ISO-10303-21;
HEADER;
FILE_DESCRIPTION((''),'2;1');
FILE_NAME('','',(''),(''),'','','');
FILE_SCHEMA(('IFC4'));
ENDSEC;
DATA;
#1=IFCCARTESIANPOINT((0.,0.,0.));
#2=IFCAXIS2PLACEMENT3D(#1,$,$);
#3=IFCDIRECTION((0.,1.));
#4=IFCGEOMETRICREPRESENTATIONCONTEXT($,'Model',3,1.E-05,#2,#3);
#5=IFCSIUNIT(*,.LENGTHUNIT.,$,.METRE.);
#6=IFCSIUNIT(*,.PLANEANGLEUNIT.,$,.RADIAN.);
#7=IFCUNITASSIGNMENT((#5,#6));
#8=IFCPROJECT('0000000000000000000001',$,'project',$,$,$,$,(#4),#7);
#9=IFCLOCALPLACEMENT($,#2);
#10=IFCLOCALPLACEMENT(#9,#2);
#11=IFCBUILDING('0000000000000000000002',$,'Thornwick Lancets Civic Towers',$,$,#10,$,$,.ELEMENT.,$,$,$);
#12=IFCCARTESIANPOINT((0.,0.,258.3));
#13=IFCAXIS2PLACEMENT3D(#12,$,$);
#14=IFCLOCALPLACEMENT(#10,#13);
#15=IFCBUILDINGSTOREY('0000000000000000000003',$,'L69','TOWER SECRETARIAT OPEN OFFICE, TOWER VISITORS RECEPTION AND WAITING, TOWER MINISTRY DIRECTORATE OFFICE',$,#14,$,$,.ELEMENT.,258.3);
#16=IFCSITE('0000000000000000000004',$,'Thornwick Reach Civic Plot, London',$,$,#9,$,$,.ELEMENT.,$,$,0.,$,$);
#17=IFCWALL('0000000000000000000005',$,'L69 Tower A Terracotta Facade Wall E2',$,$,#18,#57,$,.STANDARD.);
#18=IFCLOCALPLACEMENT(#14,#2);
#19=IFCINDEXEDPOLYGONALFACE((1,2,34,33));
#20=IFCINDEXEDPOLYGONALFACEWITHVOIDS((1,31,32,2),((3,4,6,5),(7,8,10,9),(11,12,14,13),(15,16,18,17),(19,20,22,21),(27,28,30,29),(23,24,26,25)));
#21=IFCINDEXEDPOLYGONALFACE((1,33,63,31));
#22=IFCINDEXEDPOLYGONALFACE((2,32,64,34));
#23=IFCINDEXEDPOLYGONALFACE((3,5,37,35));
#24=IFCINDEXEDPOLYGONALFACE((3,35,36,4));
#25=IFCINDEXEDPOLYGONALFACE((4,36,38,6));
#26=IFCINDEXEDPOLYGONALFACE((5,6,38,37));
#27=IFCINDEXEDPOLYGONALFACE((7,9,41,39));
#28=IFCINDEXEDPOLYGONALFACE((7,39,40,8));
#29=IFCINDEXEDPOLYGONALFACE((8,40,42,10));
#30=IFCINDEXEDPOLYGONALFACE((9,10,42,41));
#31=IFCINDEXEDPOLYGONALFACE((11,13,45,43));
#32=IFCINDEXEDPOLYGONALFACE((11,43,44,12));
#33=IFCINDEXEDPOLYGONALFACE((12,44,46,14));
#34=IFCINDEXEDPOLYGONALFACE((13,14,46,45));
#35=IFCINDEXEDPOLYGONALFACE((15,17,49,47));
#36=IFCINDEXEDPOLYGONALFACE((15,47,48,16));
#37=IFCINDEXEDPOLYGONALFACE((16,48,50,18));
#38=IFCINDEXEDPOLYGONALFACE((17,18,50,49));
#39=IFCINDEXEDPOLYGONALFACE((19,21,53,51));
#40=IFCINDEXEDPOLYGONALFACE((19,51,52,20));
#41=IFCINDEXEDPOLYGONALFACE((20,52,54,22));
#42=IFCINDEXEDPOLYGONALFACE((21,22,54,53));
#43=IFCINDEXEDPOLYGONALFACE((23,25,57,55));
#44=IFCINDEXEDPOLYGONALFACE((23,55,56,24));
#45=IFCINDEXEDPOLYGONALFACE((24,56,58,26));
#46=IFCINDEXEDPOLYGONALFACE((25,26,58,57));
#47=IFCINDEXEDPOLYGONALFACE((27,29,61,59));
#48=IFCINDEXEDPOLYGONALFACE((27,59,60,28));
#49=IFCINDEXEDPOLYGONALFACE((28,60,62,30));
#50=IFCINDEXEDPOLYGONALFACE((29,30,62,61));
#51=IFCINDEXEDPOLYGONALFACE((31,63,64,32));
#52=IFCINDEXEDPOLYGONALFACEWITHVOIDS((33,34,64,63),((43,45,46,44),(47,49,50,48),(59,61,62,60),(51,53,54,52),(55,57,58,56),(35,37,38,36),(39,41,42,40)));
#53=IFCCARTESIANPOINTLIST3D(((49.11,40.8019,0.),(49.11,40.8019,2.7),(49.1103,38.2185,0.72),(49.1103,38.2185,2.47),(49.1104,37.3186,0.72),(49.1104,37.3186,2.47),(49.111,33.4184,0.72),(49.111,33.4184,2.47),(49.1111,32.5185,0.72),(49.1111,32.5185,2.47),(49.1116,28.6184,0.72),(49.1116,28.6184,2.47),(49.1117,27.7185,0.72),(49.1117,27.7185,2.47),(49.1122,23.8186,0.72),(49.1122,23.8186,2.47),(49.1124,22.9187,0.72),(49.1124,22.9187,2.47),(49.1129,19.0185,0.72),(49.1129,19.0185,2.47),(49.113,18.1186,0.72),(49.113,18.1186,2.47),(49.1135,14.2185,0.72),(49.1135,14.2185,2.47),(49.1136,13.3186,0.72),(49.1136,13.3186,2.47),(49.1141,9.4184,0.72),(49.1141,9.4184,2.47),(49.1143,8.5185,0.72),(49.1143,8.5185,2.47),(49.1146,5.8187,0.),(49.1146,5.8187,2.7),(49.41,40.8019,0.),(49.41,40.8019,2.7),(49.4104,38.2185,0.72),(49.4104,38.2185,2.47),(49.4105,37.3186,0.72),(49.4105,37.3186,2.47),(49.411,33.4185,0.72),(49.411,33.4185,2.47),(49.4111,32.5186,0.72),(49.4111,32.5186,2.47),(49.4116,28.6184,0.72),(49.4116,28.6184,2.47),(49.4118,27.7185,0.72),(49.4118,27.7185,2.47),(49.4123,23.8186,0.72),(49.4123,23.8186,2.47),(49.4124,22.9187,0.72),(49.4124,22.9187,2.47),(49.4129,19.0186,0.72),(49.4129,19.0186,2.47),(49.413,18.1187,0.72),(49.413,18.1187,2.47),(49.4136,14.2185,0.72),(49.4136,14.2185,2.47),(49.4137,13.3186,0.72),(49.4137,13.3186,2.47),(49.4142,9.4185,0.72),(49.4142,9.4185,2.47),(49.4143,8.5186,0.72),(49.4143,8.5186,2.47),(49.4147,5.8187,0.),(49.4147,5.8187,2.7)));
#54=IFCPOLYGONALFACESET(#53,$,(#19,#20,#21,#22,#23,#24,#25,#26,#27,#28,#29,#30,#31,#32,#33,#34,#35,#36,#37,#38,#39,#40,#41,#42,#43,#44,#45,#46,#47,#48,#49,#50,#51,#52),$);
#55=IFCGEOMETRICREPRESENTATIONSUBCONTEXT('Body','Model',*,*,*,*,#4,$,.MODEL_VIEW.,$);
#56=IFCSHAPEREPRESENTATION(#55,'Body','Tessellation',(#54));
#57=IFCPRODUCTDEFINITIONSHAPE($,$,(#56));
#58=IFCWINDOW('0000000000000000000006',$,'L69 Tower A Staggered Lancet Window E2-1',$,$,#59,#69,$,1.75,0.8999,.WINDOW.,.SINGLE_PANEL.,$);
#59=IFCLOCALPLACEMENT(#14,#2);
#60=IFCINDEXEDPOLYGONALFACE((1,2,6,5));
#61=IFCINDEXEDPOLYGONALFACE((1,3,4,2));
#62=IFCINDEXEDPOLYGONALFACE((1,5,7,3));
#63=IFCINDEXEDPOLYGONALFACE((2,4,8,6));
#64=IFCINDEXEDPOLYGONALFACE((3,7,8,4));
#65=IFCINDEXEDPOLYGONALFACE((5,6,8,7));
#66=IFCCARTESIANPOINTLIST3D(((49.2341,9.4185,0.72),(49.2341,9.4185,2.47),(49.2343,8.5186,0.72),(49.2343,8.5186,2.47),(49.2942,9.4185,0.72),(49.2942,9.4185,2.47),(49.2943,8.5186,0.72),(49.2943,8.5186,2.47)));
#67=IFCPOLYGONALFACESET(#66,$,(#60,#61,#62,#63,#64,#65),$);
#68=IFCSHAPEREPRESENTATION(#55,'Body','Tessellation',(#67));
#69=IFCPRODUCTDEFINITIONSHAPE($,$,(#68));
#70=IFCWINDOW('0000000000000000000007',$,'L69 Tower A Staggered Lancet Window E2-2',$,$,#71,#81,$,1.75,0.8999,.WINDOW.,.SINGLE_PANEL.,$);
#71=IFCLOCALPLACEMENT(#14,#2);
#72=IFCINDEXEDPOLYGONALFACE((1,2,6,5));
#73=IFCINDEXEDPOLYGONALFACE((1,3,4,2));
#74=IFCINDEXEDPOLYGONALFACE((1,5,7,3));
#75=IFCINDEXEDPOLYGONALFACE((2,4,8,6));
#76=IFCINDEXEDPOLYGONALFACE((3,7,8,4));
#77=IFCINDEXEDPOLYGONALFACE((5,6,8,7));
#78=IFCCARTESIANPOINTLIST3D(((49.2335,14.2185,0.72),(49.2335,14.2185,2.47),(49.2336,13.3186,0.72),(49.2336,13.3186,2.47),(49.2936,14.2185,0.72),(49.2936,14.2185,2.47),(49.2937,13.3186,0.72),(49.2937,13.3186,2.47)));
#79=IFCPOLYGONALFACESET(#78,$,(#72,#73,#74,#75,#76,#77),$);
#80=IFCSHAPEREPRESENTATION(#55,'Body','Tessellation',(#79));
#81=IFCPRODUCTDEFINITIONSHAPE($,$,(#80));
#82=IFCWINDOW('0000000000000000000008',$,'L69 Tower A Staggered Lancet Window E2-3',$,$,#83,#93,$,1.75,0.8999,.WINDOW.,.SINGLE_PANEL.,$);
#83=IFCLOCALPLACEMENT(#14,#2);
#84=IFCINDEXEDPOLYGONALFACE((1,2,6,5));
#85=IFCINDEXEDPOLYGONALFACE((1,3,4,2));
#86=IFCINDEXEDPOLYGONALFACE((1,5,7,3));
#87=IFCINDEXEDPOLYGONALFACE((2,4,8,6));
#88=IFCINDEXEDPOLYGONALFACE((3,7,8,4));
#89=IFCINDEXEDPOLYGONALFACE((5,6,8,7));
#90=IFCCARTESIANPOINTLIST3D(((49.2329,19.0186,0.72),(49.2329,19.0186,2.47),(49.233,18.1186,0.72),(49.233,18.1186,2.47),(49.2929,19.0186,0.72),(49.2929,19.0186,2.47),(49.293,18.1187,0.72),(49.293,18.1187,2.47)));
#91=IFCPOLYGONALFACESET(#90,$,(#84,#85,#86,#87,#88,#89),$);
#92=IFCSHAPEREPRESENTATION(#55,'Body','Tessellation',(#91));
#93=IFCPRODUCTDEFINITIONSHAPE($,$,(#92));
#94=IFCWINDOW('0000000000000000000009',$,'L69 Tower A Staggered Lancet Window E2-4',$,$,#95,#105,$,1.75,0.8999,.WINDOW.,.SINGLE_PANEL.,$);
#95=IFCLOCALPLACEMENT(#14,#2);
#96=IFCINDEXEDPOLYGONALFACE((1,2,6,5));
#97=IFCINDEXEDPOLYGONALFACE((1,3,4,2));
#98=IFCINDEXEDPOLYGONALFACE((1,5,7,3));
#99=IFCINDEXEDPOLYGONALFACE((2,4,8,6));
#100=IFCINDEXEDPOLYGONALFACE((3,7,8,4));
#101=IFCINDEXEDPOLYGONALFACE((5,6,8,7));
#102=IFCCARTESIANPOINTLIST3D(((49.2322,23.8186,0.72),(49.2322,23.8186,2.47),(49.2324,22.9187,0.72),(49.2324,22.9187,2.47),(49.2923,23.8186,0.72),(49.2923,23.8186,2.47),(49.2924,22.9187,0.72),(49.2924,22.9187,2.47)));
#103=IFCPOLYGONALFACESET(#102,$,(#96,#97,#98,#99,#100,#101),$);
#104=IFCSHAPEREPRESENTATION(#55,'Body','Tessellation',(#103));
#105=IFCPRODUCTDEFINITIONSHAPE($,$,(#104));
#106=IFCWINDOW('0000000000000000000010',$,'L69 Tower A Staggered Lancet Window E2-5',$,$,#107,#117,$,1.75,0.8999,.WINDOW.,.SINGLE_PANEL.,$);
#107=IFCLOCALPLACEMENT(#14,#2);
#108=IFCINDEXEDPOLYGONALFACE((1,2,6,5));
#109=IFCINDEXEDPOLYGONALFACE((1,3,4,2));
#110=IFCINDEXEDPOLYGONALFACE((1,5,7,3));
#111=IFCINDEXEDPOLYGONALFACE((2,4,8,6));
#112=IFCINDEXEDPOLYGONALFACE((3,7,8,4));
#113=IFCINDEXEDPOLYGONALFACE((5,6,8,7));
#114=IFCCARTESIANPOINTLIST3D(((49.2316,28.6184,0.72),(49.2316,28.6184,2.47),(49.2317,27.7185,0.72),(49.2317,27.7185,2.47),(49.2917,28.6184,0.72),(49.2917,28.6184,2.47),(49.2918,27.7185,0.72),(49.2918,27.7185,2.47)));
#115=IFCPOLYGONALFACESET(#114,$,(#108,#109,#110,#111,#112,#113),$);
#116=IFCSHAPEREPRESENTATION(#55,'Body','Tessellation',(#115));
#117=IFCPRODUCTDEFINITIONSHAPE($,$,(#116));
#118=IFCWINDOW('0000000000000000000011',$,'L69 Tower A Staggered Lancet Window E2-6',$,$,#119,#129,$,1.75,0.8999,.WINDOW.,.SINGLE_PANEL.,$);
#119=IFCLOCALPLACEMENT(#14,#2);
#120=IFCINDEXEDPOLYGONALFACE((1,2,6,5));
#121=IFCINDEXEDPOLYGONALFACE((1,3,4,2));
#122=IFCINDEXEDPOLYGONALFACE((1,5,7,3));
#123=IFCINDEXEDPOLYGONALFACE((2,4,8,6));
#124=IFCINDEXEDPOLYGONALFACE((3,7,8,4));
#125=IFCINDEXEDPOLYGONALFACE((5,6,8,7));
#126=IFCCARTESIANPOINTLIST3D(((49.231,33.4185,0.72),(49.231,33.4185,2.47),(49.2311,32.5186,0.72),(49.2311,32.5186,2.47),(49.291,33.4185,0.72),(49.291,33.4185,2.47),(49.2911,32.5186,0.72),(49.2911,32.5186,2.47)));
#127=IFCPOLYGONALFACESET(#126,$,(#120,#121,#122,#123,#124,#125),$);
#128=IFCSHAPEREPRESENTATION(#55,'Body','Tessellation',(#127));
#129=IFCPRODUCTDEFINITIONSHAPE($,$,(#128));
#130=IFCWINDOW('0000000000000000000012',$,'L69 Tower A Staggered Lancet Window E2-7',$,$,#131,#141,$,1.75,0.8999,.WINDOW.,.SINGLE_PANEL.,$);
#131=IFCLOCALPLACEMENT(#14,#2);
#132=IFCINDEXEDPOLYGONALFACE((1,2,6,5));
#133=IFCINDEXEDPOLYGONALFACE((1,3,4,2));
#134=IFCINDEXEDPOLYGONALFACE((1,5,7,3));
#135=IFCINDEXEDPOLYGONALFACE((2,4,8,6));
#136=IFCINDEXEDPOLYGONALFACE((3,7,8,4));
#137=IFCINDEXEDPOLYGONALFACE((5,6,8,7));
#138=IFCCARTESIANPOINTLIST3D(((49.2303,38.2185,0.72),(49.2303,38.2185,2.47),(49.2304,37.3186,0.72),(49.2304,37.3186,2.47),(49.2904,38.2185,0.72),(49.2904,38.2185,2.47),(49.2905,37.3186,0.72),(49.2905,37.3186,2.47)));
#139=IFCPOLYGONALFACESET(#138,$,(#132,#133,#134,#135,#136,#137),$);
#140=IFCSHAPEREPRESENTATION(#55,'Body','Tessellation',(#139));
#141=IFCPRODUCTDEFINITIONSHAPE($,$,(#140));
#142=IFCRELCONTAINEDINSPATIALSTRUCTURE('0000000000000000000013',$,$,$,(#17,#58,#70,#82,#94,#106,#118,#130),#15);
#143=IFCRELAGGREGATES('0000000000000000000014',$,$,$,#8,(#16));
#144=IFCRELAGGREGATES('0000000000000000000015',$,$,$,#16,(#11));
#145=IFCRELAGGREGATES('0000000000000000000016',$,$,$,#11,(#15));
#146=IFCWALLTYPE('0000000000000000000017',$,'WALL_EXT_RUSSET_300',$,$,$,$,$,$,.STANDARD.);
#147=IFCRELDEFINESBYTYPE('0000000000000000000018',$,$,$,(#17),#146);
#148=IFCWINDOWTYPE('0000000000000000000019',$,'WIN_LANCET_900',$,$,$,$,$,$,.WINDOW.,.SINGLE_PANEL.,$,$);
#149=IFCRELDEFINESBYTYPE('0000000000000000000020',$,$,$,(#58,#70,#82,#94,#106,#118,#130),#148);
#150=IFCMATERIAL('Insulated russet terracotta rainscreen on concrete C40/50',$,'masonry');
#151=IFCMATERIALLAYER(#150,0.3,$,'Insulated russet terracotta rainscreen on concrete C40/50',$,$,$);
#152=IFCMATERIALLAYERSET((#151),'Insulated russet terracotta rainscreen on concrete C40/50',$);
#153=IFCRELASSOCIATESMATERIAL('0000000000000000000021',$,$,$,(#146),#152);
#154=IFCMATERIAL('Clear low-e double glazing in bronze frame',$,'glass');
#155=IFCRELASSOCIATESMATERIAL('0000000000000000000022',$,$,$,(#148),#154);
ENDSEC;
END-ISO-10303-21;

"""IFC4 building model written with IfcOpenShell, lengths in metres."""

from ifc_helpers import new_model, si_unit, direction, frame, frame_2d, origin, place, context, subcontext, project, spatial, rectangle, extrude, material, layer, layer_set, type_object, element, fill, save


model = new_model("IFC4")

# Units and contexts
model_context = context("Model", 3, precision=1e-05, world=origin(), true_north=direction((0.0, 1.0)))
body_context = subcontext(model_context, "Body", "Model", "MODEL_VIEW")
ifc_project = project(units=[si_unit("LENGTHUNIT", "METRE"), si_unit("PLANEANGLEUNIT", "RADIAN")], contexts=[model_context])

# Site, building, storey
site_placement = place(None, origin())
site = spatial("IfcSite", under=ifc_project, at=site_placement, Name="Thornwick Reach Civic Plot, London", CompositionType="ELEMENT", RefElevation=0.0)
building_placement = place(site_placement, origin())
building = spatial("IfcBuilding", under=site, at=building_placement, Name="Thornwick Lancets Civic Towers", CompositionType="ELEMENT")
storey_placement = place(building_placement, frame((0.0, 0.0, 258.3)))
storey = spatial("IfcBuildingStorey", under=building, at=storey_placement, Name="L69", Description="TOWER SECRETARIAT OPEN OFFICE, TOWER VISITORS RECEPTION AND WAITING, TOWER MINISTRY DIRECTORATE OFFICE", CompositionType="ELEMENT", Elevation=258.3)

# Wall, openings, windows
ifc_material_1 = material(Name="Insulated russet terracotta rainscreen on concrete C40/50", Category="masonry")
ifc_layer_1 = layer(ifc_material_1, 0.3, Name="Insulated russet terracotta rainscreen on concrete C40/50")
ifc_layer_set_1 = layer_set([ifc_layer_1], Name="Insulated russet terracotta rainscreen on concrete C40/50")
wall_type_1 = type_object("IfcWallType", Name="WALL_EXT_RUSSET_300", PredefinedType="STANDARD", material=ifc_layer_set_1)
wall_1_placement = place(storey_placement, frame((49.2646, 5.8186, 0.0), z_axis=(0.0, 0.0, 1.0), x_axis=(-0.000133, 1.0, 0.0)))
wall_1 = element("IfcWall", 1, at=wall_1_placement, inside=storey, type_object=wall_type_1, Name="L69 Tower A Terracotta Facade Wall E2", PredefinedType="STANDARD", context=body_context, shape_type="SweptSolid", body=[
    extrude(rectangle(XDim=34.9832, YDim=0.3, at=frame_2d((17.4917, 0.0))), origin(), (0.0, 0.0, 1.0), 2.7),
])
opening_1_placement = place(wall_1_placement, frame((2.7, 0.0, 0.72)))
opening_1 = element("IfcOpeningElement", 2, at=opening_1_placement, cuts=wall_1, PredefinedType="OPENING", context=body_context, shape_type="SweptSolid", body=[
    extrude(rectangle(XDim=0.8999, YDim=1.75, at=frame_2d((0.45, 0.875))), frame((0.0, 0.1602, 0.0), z_axis=(0.0, -1.0, 0.0), x_axis=(1.0, 0.0, 0.0)), (0.0, 0.0, 1.0), 0.3201),
])
opening_2_placement = place(wall_1_placement, frame((7.5, 0.0, 0.72)))
opening_2 = element("IfcOpeningElement", 3, at=opening_2_placement, cuts=wall_1, PredefinedType="OPENING", context=body_context, shape_type="SweptSolid", body=[
    extrude(rectangle(XDim=0.8999, YDim=1.75, at=frame_2d((0.45, 0.875))), frame((0.0, 0.1602, 0.0), z_axis=(0.0, -1.0, 0.0), x_axis=(1.0, 0.0, 0.0)), (0.0, 0.0, 1.0), 0.3201),
])
opening_3_placement = place(wall_1_placement, frame((12.3, 0.0, 0.72)))
opening_3 = element("IfcOpeningElement", 4, at=opening_3_placement, cuts=wall_1, PredefinedType="OPENING", context=body_context, shape_type="SweptSolid", body=[
    extrude(rectangle(XDim=0.8999, YDim=1.75, at=frame_2d((0.45, 0.875))), frame((0.0, 0.1602, 0.0), z_axis=(0.0, -1.0, 0.0), x_axis=(1.0, 0.0, 0.0)), (0.0, 0.0, 1.0), 0.3201),
])
opening_4_placement = place(wall_1_placement, frame((17.1001, 0.0, 0.72)))
opening_4 = element("IfcOpeningElement", 5, at=opening_4_placement, cuts=wall_1, PredefinedType="OPENING", context=body_context, shape_type="SweptSolid", body=[
    extrude(rectangle(XDim=0.8999, YDim=1.75, at=frame_2d((0.45, 0.875))), frame((0.0, 0.1602, 0.0), z_axis=(0.0, -1.0, 0.0), x_axis=(1.0, 0.0, 0.0)), (0.0, 0.0, 1.0), 0.3201),
])
opening_5_placement = place(wall_1_placement, frame((21.8999, 0.0, 0.72)))
opening_5 = element("IfcOpeningElement", 6, at=opening_5_placement, cuts=wall_1, PredefinedType="OPENING", context=body_context, shape_type="SweptSolid", body=[
    extrude(rectangle(XDim=0.8999, YDim=1.75, at=frame_2d((0.45, 0.875))), frame((0.0, 0.1602, 0.0), z_axis=(0.0, -1.0, 0.0), x_axis=(1.0, 0.0, 0.0)), (0.0, 0.0, 1.0), 0.3201),
])
opening_6_placement = place(wall_1_placement, frame((26.7, 0.0, 0.72)))
opening_6 = element("IfcOpeningElement", 7, at=opening_6_placement, cuts=wall_1, PredefinedType="OPENING", context=body_context, shape_type="SweptSolid", body=[
    extrude(rectangle(XDim=0.8999, YDim=1.75, at=frame_2d((0.45, 0.875))), frame((0.0, 0.1602, 0.0), z_axis=(0.0, -1.0, 0.0), x_axis=(1.0, 0.0, 0.0)), (0.0, 0.0, 1.0), 0.3201),
])
opening_7_placement = place(wall_1_placement, frame((31.5, 0.0, 0.72)))
opening_7 = element("IfcOpeningElement", 8, at=opening_7_placement, cuts=wall_1, PredefinedType="OPENING", context=body_context, shape_type="SweptSolid", body=[
    extrude(rectangle(XDim=0.8999, YDim=1.75, at=frame_2d((0.45, 0.875))), frame((0.0, 0.1602, 0.0), z_axis=(0.0, -1.0, 0.0), x_axis=(1.0, 0.0, 0.0)), (0.0, 0.0, 1.0), 0.3201),
])
ifc_material_2 = material(Name="Clear low-e double glazing in bronze frame", Category="glass")
window_type = type_object("IfcWindowType", Name="WIN_LANCET_900", PartitioningType="SINGLE_PANEL", PredefinedType="WINDOW", material=ifc_material_2)
window_1_placement = place(opening_1_placement, origin())
window_1 = element("IfcWindow", 9, at=window_1_placement, inside=storey, type_object=window_type, Name="L69 Tower A Staggered Lancet Window E2-1", OverallHeight=1.75, OverallWidth=0.8999, PartitioningType="SINGLE_PANEL", PredefinedType="WINDOW", context=body_context, shape_type="SweptSolid", body=[
    extrude(rectangle(XDim=0.8999, YDim=1.75, at=frame_2d((0.45, 0.875))), frame((0.0, 0.03, 0.0), z_axis=(0.0, -1.0, 0.0), x_axis=(1.0, 0.0, 0.0)), (0.0, 0.0, 1.0), 0.0601),
])
fill(opening_1, window_1)
window_2_placement = place(opening_2_placement, origin())
window_2 = element("IfcWindow", 10, at=window_2_placement, inside=storey, type_object=window_type, Name="L69 Tower A Staggered Lancet Window E2-2", OverallHeight=1.75, OverallWidth=0.8999, PartitioningType="SINGLE_PANEL", PredefinedType="WINDOW", context=body_context, shape_type="SweptSolid", body=[
    extrude(rectangle(XDim=0.8999, YDim=1.75, at=frame_2d((0.45, 0.875))), frame((0.0, 0.03, 0.0), z_axis=(0.0, -1.0, 0.0), x_axis=(1.0, 0.0, 0.0)), (0.0, 0.0, 1.0), 0.0601),
])
fill(opening_2, window_2)
window_3_placement = place(opening_3_placement, origin())
window_3 = element("IfcWindow", 11, at=window_3_placement, inside=storey, type_object=window_type, Name="L69 Tower A Staggered Lancet Window E2-3", OverallHeight=1.75, OverallWidth=0.8999, PartitioningType="SINGLE_PANEL", PredefinedType="WINDOW", context=body_context, shape_type="SweptSolid", body=[
    extrude(rectangle(XDim=0.8999, YDim=1.75, at=frame_2d((0.45, 0.875))), frame((0.0, 0.03, 0.0), z_axis=(0.0, -1.0, 0.0), x_axis=(1.0, 0.0, 0.0)), (0.0, 0.0, 1.0), 0.0601),
])
fill(opening_3, window_3)
window_4_placement = place(opening_4_placement, origin())
window_4 = element("IfcWindow", 12, at=window_4_placement, inside=storey, type_object=window_type, Name="L69 Tower A Staggered Lancet Window E2-4", OverallHeight=1.75, OverallWidth=0.8999, PartitioningType="SINGLE_PANEL", PredefinedType="WINDOW", context=body_context, shape_type="SweptSolid", body=[
    extrude(rectangle(XDim=0.8999, YDim=1.75, at=frame_2d((0.45, 0.875))), frame((0.0, 0.03, 0.0), z_axis=(0.0, -1.0, 0.0), x_axis=(1.0, 0.0, 0.0)), (0.0, 0.0, 1.0), 0.0601),
])
fill(opening_4, window_4)
window_5_placement = place(opening_5_placement, origin())
window_5 = element("IfcWindow", 13, at=window_5_placement, inside=storey, type_object=window_type, Name="L69 Tower A Staggered Lancet Window E2-5", OverallHeight=1.75, OverallWidth=0.8999, PartitioningType="SINGLE_PANEL", PredefinedType="WINDOW", context=body_context, shape_type="SweptSolid", body=[
    extrude(rectangle(XDim=0.8999, YDim=1.75, at=frame_2d((0.45, 0.875))), frame((0.0, 0.03, 0.0), z_axis=(0.0, -1.0, 0.0), x_axis=(1.0, 0.0, 0.0)), (0.0, 0.0, 1.0), 0.0601),
])
fill(opening_5, window_5)
window_6_placement = place(opening_6_placement, origin())
window_6 = element("IfcWindow", 14, at=window_6_placement, inside=storey, type_object=window_type, Name="L69 Tower A Staggered Lancet Window E2-6", OverallHeight=1.75, OverallWidth=0.8999, PartitioningType="SINGLE_PANEL", PredefinedType="WINDOW", context=body_context, shape_type="SweptSolid", body=[
    extrude(rectangle(XDim=0.8999, YDim=1.75, at=frame_2d((0.45, 0.875))), frame((0.0, 0.03, 0.0), z_axis=(0.0, -1.0, 0.0), x_axis=(1.0, 0.0, 0.0)), (0.0, 0.0, 1.0), 0.0601),
])
fill(opening_6, window_6)
window_7_placement = place(opening_7_placement, origin())
window_7 = element("IfcWindow", 15, at=window_7_placement, inside=storey, type_object=window_type, Name="L69 Tower A Staggered Lancet Window E2-7", OverallHeight=1.75, OverallWidth=0.8999, PartitioningType="SINGLE_PANEL", PredefinedType="WINDOW", context=body_context, shape_type="SweptSolid", body=[
    extrude(rectangle(XDim=0.8999, YDim=1.75, at=frame_2d((0.45, 0.875))), frame((0.0, 0.03, 0.0), z_axis=(0.0, -1.0, 0.0), x_axis=(1.0, 0.0, 0.0)), (0.0, 0.0, 1.0), 0.0601),
])
fill(opening_7, window_7)

save(model, "model.ifc")
